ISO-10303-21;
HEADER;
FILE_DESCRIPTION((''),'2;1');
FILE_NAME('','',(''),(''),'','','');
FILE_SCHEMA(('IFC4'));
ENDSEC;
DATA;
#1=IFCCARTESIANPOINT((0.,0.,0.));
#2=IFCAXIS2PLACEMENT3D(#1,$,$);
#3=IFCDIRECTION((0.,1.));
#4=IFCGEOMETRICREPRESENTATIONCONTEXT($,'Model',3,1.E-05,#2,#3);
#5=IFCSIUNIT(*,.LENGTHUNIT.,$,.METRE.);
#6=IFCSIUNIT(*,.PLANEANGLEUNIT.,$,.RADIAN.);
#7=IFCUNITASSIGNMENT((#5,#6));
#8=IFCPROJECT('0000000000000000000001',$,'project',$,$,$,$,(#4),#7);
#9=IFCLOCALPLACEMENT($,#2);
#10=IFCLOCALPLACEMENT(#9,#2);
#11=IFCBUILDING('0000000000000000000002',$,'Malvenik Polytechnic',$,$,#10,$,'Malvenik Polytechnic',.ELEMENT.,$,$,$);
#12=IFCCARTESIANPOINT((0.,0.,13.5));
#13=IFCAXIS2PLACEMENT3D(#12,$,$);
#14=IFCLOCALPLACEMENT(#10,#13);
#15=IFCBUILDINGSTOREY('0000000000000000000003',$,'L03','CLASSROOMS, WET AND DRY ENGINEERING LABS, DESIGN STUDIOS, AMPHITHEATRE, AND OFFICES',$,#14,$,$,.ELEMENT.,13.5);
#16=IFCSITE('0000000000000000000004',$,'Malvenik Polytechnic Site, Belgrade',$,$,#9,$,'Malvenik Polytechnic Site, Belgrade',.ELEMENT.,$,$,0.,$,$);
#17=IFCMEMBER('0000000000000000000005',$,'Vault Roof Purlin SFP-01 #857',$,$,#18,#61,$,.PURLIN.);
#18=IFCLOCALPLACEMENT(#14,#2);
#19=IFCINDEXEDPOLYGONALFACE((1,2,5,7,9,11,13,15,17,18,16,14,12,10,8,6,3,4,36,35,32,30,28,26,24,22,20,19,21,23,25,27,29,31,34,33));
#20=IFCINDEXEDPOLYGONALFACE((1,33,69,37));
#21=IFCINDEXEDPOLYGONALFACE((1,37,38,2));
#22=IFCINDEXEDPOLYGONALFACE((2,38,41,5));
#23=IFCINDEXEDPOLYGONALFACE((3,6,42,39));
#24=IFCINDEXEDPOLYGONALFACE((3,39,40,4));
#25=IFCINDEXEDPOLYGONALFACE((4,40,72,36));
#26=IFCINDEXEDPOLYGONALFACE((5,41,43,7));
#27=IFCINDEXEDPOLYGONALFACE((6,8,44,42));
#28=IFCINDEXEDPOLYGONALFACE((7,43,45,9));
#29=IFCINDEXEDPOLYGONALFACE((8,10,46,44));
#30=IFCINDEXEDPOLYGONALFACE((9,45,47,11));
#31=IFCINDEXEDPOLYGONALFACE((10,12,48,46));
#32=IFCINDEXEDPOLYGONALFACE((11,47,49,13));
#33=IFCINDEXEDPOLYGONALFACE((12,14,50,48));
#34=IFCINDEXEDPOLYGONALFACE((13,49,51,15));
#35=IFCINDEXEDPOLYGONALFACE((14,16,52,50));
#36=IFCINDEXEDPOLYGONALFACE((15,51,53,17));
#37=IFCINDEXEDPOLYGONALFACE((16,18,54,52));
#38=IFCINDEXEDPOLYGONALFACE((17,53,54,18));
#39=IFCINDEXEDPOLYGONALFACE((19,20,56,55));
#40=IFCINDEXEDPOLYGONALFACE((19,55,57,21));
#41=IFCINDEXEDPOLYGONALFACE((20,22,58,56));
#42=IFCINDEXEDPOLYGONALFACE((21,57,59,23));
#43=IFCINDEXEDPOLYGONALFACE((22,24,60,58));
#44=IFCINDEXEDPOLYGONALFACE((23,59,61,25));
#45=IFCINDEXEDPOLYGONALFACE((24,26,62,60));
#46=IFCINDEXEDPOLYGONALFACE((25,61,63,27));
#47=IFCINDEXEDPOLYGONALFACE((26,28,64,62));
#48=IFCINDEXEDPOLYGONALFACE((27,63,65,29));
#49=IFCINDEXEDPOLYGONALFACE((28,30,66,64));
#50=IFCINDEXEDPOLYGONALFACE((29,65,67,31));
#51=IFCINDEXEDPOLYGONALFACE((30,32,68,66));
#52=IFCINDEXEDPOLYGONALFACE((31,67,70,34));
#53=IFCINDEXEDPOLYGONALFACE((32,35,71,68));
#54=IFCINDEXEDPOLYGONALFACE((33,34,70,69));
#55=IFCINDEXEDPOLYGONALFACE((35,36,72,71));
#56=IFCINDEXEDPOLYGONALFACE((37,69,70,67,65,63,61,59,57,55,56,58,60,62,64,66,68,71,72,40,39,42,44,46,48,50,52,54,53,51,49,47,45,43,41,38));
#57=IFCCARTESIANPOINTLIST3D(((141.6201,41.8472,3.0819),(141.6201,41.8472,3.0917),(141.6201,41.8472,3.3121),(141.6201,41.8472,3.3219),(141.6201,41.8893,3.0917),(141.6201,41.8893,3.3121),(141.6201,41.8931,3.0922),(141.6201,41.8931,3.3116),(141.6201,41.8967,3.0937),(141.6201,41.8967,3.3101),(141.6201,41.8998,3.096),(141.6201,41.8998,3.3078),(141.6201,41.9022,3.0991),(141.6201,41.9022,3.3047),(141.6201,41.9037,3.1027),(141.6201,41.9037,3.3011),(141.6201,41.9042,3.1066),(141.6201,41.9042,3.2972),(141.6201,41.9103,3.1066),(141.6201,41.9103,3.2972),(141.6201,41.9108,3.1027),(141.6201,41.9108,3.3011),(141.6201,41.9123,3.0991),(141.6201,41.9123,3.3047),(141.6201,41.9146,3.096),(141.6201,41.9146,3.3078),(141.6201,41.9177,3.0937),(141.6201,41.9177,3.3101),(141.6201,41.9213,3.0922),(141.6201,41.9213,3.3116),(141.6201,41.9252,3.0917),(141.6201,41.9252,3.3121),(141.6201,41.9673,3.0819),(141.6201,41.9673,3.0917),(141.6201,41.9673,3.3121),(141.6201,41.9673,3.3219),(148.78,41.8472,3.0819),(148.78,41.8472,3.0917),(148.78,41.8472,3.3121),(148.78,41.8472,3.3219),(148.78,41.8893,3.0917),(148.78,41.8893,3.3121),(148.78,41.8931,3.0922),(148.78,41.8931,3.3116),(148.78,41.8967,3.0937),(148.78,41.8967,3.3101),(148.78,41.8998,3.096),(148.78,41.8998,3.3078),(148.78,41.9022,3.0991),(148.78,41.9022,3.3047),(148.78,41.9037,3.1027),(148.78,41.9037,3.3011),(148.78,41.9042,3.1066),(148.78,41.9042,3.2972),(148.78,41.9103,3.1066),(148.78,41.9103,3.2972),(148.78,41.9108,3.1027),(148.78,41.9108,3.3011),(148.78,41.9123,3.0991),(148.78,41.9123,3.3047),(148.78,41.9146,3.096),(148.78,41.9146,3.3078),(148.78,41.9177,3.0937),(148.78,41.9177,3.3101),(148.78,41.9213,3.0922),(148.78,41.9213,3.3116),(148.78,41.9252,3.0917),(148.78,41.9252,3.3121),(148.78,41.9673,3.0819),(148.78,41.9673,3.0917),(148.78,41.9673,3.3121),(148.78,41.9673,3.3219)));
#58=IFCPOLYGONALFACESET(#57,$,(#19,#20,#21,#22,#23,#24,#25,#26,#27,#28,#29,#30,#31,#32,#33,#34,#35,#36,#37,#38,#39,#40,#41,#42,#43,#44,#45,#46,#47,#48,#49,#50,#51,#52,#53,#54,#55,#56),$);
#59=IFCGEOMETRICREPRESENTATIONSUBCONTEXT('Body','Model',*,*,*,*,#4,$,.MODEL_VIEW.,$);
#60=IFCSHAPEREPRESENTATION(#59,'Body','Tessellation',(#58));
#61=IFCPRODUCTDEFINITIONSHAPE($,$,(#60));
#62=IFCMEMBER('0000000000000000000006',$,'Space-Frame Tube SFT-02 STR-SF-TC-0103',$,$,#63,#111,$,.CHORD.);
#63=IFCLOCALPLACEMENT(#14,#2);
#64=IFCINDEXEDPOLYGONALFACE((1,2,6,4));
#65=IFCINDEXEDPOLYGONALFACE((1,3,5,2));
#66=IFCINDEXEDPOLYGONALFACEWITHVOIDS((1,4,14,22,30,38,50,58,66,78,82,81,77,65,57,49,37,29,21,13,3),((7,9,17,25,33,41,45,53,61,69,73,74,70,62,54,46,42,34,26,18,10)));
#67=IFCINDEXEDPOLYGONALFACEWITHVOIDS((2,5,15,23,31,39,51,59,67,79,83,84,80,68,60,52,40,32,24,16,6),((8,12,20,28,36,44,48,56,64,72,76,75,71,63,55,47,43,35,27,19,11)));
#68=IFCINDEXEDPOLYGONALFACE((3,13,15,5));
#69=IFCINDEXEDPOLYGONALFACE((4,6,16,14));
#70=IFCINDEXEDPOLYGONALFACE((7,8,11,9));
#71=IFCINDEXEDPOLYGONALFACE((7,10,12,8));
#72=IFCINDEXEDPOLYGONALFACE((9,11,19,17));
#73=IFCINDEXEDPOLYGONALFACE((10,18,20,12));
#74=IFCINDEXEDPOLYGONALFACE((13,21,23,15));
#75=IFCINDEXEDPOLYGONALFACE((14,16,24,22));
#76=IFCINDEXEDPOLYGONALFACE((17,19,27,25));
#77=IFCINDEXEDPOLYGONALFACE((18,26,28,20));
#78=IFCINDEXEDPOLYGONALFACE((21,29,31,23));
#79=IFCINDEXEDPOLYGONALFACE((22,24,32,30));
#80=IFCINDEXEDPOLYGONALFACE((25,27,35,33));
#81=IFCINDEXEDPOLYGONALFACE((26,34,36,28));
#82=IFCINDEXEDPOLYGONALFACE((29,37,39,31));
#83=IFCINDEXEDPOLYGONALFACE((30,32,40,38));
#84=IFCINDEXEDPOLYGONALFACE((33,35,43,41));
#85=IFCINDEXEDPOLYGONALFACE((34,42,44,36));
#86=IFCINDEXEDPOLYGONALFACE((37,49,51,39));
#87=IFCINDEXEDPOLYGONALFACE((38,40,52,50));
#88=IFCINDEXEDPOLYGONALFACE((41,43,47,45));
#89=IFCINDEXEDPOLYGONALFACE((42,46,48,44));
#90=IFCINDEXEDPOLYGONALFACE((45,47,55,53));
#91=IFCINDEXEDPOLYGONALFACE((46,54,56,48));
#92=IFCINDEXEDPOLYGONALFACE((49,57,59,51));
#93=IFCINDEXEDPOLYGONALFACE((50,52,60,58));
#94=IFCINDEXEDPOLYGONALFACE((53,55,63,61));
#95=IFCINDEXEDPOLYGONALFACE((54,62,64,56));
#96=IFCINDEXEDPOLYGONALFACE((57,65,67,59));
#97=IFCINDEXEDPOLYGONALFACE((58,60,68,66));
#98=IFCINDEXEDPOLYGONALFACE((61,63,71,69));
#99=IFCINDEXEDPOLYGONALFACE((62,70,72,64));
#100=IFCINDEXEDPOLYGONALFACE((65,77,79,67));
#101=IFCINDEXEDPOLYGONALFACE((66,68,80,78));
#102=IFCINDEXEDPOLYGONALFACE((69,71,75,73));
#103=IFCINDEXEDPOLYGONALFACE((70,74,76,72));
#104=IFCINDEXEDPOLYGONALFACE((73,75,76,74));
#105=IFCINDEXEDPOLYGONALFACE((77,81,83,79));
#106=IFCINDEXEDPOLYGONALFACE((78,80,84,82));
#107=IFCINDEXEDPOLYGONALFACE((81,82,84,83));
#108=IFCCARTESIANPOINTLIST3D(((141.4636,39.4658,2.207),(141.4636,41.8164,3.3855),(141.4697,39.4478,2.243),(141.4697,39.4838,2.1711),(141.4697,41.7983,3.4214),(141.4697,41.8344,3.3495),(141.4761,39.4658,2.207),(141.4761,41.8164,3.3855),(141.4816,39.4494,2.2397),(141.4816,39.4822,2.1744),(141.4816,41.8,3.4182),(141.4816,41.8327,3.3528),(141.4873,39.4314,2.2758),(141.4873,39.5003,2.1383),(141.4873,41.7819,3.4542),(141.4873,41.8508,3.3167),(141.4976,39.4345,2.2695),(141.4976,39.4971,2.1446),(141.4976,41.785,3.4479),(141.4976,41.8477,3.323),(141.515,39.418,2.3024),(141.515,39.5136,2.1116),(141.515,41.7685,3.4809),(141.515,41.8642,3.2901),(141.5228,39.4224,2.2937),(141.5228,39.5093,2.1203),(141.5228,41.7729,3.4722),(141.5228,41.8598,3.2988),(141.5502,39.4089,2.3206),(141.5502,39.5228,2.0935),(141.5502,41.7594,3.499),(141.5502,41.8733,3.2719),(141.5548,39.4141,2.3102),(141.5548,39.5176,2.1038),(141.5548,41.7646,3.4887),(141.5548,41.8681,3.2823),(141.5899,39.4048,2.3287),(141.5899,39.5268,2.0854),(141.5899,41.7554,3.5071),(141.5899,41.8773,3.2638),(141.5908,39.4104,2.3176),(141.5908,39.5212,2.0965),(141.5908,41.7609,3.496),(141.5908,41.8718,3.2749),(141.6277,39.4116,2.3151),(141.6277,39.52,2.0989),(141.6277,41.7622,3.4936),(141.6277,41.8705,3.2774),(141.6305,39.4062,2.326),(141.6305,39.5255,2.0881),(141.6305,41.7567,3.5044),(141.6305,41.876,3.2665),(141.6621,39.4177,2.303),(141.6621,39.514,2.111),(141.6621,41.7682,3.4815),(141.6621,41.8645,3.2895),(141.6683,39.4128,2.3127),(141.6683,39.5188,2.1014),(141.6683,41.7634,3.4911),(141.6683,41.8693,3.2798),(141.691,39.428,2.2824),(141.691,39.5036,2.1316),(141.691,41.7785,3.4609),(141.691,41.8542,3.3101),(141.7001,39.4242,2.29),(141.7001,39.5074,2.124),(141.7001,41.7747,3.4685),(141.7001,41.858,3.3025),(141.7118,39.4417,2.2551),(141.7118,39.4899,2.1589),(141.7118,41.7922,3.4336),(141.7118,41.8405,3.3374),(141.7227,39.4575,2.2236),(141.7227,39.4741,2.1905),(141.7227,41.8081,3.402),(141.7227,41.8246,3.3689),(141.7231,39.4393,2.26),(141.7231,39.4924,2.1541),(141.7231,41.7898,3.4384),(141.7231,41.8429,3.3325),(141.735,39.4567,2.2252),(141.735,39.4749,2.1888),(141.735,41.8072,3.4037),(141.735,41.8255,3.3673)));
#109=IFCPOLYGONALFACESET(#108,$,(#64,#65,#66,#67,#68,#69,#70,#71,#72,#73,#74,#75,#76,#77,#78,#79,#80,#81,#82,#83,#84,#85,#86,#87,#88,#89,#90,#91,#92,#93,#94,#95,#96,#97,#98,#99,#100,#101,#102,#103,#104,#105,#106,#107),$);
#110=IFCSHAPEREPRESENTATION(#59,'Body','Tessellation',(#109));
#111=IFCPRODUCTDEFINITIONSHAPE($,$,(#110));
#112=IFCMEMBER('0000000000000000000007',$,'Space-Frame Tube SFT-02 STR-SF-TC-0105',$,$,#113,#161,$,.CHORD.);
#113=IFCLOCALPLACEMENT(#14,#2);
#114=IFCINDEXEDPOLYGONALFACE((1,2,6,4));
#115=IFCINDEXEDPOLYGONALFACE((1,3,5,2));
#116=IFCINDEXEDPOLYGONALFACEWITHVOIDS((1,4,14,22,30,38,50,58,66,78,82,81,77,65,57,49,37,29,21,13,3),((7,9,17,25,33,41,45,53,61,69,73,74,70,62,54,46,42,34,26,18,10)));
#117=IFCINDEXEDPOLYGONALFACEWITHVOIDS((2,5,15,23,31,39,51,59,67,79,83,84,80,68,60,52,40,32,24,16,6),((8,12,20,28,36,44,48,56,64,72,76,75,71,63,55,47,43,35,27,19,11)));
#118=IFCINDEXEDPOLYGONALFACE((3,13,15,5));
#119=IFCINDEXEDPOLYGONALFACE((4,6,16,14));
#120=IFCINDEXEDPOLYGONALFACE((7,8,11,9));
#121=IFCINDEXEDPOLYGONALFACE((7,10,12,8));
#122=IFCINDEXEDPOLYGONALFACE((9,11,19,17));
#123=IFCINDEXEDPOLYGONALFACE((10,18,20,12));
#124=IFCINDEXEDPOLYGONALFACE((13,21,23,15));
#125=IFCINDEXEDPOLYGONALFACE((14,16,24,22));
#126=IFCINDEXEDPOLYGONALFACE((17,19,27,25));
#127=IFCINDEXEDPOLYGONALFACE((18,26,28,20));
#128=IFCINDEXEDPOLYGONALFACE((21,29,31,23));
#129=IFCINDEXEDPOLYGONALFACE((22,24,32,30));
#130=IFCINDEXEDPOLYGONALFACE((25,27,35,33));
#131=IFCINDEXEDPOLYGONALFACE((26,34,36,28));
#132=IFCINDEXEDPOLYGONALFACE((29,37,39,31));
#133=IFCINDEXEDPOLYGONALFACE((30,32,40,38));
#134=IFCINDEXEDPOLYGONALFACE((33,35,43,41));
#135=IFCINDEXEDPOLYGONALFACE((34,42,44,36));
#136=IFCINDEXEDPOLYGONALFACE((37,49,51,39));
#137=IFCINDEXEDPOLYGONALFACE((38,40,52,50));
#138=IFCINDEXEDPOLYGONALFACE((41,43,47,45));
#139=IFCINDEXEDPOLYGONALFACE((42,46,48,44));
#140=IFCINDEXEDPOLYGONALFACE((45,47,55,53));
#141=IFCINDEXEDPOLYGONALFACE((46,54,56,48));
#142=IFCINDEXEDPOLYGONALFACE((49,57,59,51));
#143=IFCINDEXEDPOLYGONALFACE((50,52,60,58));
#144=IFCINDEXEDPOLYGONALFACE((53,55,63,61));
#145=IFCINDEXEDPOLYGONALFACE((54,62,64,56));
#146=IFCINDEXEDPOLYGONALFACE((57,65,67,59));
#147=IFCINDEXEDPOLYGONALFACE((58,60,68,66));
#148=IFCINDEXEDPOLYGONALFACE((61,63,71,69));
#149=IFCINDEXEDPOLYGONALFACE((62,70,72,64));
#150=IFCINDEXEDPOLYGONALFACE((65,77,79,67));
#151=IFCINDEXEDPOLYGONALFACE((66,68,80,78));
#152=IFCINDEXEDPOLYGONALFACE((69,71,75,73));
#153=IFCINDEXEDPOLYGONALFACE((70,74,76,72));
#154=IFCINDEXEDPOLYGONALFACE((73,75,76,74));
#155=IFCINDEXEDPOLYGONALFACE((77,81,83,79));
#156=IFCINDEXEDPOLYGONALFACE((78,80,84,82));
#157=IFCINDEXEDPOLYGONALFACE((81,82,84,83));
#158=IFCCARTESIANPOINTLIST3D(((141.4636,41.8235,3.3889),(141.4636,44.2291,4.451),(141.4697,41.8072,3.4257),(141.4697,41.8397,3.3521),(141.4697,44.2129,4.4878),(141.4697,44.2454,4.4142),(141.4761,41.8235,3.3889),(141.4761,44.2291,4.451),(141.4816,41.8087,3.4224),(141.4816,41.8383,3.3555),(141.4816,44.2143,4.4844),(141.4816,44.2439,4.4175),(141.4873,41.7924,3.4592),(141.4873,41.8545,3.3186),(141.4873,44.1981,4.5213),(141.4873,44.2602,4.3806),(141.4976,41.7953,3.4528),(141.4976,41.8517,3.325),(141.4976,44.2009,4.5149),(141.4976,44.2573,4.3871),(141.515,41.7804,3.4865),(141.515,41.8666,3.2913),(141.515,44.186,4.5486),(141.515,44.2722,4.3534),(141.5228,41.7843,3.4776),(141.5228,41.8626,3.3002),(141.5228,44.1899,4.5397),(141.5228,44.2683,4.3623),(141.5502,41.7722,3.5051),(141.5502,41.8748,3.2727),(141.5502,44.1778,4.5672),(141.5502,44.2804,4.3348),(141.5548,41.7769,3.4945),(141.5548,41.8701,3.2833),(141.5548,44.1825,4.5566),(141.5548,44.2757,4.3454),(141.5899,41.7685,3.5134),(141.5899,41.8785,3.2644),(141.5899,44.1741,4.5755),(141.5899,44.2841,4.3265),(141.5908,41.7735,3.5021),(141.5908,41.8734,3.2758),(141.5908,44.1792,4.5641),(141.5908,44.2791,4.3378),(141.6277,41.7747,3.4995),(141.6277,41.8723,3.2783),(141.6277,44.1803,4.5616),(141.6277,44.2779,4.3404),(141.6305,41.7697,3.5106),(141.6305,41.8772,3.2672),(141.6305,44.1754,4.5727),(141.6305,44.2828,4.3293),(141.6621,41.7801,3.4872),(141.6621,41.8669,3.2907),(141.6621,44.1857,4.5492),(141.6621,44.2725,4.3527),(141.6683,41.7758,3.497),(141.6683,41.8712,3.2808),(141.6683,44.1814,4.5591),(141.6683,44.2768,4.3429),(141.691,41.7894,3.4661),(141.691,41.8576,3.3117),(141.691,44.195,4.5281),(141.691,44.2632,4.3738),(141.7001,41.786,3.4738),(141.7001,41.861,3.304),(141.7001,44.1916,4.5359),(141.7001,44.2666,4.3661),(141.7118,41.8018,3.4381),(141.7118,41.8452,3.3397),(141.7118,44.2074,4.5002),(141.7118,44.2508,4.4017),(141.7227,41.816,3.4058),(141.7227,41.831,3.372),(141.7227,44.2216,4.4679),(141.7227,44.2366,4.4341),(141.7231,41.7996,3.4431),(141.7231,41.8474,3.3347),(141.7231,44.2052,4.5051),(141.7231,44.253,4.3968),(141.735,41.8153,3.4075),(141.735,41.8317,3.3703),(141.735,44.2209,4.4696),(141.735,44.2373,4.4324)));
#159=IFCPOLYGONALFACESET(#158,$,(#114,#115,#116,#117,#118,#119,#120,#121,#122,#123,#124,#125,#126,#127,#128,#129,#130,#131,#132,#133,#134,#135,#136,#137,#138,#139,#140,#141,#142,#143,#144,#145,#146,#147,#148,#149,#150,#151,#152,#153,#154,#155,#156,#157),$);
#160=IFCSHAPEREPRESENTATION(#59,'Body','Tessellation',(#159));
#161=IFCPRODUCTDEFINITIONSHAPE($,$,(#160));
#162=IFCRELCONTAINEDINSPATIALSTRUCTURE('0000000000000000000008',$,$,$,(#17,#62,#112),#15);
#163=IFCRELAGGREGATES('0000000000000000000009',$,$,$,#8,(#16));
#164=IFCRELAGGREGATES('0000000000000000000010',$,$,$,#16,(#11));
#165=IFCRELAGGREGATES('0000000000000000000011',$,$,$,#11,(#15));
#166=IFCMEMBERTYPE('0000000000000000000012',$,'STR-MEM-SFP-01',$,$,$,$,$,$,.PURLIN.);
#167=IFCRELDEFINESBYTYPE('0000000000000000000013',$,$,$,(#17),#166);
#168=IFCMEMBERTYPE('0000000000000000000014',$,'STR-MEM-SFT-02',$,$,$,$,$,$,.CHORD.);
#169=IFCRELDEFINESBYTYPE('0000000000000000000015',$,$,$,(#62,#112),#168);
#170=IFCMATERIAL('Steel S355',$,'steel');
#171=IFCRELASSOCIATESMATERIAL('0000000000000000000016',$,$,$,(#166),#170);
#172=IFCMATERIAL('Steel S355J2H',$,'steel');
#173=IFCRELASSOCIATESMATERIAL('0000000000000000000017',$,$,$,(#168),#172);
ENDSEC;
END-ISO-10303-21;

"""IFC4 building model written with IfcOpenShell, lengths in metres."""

from ifc_helpers import new_model, si_unit, direction, frame, origin, origin_2d, place, context, subcontext, project, spatial, hollow_circle, i_section, extrude, material, material_profile, profile_set, type_object, element, save


model = new_model("IFC4")

# Units and contexts
model_context = context("Model", 3, precision=1e-05, world=origin(), true_north=direction((0.0, 1.0)))
body_context = subcontext(model_context, "Body", "Model", "MODEL_VIEW")
ifc_project = project(units=[si_unit("LENGTHUNIT", "METRE"), si_unit("PLANEANGLEUNIT", "RADIAN")], contexts=[model_context])

# Site, building, storey
site_placement = place(None, origin())
site = spatial("IfcSite", under=ifc_project, at=site_placement, Name="Malvenik Polytechnic Site, Belgrade", LongName="Malvenik Polytechnic Site, Belgrade", CompositionType="ELEMENT", RefElevation=0.0)
building_placement = place(site_placement, origin())
building = spatial("IfcBuilding", under=site, at=building_placement, Name="Malvenik Polytechnic", LongName="Malvenik Polytechnic", CompositionType="ELEMENT")
storey_placement = place(building_placement, frame((0.0, 0.0, 13.5)))
storey = spatial("IfcBuildingStorey", under=building, at=storey_placement, Name="L03", Description="CLASSROOMS, WET AND DRY ENGINEERING LABS, DESIGN STUDIOS, AMPHITHEATRE, AND OFFICES", CompositionType="ELEMENT", Elevation=13.5)

# Members
ifc_material_1 = material(Name="Steel S355J2H", Category="steel")
ifc_material_2 = material(Name="Steel S355", Category="steel")
ifc_material_profile_1 = material_profile(ifc_material_2, i_section(OverallWidth=0.1201, OverallDepth=0.24, WebThickness=0.0061, FlangeThickness=0.0098, FilletRadius=0.0149, at=origin_2d()), Name="IPE 240")
ifc_profile_set_1 = profile_set([ifc_material_profile_1], Name="Steel S355")
member_type_1 = type_object("IfcMemberType", Name="STR-MEM-SFP-01", PredefinedType="PURLIN", material=ifc_profile_set_1)
member_1_placement = place(storey_placement, frame((141.6201, 41.9072, 3.2019), z_axis=(1.0, 0.0, 0.0), x_axis=(0.0, 1.0, 0.0)))
element("IfcMember", 1, at=member_1_placement, inside=storey, type_object=member_type_1, Name="Vault Roof Purlin SFP-01 #857", PredefinedType="PURLIN", context=body_context, shape_type="SweptSolid", body=[
    extrude(i_section(OverallWidth=0.1201, OverallDepth=0.24, WebThickness=0.0061, FlangeThickness=0.0098, FilletRadius=0.0149, at=origin_2d()), origin(), (0.0, 0.0, 1.0), 7.1599),
])
ifc_material_profile_2 = material_profile(ifc_material_1, hollow_circle(Radius=0.1365, WallThickness=0.0125, at=origin_2d()), Name="CHS 273.0x12.5")
ifc_profile_set_2 = profile_set([ifc_material_profile_2], Name="Steel S355J2H")
member_type_2 = type_object("IfcMemberType", Name="STR-MEM-SFT-02", PredefinedType="CHORD", material=ifc_profile_set_2)
member_2_placement = place(storey_placement, frame((141.6001, 39.4658, 2.207), z_axis=(0.0, 0.893944, 0.448179), x_axis=(-1.0, 0.0, 0.0)))
element("IfcMember", 2, at=member_2_placement, inside=storey, type_object=member_type_2, Name="Space-Frame Tube SFT-02 STR-SF-TC-0103", PredefinedType="CHORD", context=body_context, shape_type="SweptSolid", body=[
    extrude(hollow_circle(Radius=0.1365, WallThickness=0.0125, at=origin_2d()), origin(), (0.0, 0.0, 1.0), 2.6294),
])
member_3_placement = place(storey_placement, frame((141.6001, 41.8235, 3.3889), z_axis=(0.0, 0.914812, 0.40388), x_axis=(-1.0, 0.0, 0.0)))
element("IfcMember", 3, at=member_3_placement, inside=storey, type_object=member_type_2, Name="Space-Frame Tube SFT-02 STR-SF-TC-0105", PredefinedType="CHORD", context=body_context, shape_type="SweptSolid", body=[
    extrude(hollow_circle(Radius=0.1365, WallThickness=0.0125, at=origin_2d()), origin(), (0.0, 0.0, 1.0), 2.6296),
])

save(model, "model.ifc")
